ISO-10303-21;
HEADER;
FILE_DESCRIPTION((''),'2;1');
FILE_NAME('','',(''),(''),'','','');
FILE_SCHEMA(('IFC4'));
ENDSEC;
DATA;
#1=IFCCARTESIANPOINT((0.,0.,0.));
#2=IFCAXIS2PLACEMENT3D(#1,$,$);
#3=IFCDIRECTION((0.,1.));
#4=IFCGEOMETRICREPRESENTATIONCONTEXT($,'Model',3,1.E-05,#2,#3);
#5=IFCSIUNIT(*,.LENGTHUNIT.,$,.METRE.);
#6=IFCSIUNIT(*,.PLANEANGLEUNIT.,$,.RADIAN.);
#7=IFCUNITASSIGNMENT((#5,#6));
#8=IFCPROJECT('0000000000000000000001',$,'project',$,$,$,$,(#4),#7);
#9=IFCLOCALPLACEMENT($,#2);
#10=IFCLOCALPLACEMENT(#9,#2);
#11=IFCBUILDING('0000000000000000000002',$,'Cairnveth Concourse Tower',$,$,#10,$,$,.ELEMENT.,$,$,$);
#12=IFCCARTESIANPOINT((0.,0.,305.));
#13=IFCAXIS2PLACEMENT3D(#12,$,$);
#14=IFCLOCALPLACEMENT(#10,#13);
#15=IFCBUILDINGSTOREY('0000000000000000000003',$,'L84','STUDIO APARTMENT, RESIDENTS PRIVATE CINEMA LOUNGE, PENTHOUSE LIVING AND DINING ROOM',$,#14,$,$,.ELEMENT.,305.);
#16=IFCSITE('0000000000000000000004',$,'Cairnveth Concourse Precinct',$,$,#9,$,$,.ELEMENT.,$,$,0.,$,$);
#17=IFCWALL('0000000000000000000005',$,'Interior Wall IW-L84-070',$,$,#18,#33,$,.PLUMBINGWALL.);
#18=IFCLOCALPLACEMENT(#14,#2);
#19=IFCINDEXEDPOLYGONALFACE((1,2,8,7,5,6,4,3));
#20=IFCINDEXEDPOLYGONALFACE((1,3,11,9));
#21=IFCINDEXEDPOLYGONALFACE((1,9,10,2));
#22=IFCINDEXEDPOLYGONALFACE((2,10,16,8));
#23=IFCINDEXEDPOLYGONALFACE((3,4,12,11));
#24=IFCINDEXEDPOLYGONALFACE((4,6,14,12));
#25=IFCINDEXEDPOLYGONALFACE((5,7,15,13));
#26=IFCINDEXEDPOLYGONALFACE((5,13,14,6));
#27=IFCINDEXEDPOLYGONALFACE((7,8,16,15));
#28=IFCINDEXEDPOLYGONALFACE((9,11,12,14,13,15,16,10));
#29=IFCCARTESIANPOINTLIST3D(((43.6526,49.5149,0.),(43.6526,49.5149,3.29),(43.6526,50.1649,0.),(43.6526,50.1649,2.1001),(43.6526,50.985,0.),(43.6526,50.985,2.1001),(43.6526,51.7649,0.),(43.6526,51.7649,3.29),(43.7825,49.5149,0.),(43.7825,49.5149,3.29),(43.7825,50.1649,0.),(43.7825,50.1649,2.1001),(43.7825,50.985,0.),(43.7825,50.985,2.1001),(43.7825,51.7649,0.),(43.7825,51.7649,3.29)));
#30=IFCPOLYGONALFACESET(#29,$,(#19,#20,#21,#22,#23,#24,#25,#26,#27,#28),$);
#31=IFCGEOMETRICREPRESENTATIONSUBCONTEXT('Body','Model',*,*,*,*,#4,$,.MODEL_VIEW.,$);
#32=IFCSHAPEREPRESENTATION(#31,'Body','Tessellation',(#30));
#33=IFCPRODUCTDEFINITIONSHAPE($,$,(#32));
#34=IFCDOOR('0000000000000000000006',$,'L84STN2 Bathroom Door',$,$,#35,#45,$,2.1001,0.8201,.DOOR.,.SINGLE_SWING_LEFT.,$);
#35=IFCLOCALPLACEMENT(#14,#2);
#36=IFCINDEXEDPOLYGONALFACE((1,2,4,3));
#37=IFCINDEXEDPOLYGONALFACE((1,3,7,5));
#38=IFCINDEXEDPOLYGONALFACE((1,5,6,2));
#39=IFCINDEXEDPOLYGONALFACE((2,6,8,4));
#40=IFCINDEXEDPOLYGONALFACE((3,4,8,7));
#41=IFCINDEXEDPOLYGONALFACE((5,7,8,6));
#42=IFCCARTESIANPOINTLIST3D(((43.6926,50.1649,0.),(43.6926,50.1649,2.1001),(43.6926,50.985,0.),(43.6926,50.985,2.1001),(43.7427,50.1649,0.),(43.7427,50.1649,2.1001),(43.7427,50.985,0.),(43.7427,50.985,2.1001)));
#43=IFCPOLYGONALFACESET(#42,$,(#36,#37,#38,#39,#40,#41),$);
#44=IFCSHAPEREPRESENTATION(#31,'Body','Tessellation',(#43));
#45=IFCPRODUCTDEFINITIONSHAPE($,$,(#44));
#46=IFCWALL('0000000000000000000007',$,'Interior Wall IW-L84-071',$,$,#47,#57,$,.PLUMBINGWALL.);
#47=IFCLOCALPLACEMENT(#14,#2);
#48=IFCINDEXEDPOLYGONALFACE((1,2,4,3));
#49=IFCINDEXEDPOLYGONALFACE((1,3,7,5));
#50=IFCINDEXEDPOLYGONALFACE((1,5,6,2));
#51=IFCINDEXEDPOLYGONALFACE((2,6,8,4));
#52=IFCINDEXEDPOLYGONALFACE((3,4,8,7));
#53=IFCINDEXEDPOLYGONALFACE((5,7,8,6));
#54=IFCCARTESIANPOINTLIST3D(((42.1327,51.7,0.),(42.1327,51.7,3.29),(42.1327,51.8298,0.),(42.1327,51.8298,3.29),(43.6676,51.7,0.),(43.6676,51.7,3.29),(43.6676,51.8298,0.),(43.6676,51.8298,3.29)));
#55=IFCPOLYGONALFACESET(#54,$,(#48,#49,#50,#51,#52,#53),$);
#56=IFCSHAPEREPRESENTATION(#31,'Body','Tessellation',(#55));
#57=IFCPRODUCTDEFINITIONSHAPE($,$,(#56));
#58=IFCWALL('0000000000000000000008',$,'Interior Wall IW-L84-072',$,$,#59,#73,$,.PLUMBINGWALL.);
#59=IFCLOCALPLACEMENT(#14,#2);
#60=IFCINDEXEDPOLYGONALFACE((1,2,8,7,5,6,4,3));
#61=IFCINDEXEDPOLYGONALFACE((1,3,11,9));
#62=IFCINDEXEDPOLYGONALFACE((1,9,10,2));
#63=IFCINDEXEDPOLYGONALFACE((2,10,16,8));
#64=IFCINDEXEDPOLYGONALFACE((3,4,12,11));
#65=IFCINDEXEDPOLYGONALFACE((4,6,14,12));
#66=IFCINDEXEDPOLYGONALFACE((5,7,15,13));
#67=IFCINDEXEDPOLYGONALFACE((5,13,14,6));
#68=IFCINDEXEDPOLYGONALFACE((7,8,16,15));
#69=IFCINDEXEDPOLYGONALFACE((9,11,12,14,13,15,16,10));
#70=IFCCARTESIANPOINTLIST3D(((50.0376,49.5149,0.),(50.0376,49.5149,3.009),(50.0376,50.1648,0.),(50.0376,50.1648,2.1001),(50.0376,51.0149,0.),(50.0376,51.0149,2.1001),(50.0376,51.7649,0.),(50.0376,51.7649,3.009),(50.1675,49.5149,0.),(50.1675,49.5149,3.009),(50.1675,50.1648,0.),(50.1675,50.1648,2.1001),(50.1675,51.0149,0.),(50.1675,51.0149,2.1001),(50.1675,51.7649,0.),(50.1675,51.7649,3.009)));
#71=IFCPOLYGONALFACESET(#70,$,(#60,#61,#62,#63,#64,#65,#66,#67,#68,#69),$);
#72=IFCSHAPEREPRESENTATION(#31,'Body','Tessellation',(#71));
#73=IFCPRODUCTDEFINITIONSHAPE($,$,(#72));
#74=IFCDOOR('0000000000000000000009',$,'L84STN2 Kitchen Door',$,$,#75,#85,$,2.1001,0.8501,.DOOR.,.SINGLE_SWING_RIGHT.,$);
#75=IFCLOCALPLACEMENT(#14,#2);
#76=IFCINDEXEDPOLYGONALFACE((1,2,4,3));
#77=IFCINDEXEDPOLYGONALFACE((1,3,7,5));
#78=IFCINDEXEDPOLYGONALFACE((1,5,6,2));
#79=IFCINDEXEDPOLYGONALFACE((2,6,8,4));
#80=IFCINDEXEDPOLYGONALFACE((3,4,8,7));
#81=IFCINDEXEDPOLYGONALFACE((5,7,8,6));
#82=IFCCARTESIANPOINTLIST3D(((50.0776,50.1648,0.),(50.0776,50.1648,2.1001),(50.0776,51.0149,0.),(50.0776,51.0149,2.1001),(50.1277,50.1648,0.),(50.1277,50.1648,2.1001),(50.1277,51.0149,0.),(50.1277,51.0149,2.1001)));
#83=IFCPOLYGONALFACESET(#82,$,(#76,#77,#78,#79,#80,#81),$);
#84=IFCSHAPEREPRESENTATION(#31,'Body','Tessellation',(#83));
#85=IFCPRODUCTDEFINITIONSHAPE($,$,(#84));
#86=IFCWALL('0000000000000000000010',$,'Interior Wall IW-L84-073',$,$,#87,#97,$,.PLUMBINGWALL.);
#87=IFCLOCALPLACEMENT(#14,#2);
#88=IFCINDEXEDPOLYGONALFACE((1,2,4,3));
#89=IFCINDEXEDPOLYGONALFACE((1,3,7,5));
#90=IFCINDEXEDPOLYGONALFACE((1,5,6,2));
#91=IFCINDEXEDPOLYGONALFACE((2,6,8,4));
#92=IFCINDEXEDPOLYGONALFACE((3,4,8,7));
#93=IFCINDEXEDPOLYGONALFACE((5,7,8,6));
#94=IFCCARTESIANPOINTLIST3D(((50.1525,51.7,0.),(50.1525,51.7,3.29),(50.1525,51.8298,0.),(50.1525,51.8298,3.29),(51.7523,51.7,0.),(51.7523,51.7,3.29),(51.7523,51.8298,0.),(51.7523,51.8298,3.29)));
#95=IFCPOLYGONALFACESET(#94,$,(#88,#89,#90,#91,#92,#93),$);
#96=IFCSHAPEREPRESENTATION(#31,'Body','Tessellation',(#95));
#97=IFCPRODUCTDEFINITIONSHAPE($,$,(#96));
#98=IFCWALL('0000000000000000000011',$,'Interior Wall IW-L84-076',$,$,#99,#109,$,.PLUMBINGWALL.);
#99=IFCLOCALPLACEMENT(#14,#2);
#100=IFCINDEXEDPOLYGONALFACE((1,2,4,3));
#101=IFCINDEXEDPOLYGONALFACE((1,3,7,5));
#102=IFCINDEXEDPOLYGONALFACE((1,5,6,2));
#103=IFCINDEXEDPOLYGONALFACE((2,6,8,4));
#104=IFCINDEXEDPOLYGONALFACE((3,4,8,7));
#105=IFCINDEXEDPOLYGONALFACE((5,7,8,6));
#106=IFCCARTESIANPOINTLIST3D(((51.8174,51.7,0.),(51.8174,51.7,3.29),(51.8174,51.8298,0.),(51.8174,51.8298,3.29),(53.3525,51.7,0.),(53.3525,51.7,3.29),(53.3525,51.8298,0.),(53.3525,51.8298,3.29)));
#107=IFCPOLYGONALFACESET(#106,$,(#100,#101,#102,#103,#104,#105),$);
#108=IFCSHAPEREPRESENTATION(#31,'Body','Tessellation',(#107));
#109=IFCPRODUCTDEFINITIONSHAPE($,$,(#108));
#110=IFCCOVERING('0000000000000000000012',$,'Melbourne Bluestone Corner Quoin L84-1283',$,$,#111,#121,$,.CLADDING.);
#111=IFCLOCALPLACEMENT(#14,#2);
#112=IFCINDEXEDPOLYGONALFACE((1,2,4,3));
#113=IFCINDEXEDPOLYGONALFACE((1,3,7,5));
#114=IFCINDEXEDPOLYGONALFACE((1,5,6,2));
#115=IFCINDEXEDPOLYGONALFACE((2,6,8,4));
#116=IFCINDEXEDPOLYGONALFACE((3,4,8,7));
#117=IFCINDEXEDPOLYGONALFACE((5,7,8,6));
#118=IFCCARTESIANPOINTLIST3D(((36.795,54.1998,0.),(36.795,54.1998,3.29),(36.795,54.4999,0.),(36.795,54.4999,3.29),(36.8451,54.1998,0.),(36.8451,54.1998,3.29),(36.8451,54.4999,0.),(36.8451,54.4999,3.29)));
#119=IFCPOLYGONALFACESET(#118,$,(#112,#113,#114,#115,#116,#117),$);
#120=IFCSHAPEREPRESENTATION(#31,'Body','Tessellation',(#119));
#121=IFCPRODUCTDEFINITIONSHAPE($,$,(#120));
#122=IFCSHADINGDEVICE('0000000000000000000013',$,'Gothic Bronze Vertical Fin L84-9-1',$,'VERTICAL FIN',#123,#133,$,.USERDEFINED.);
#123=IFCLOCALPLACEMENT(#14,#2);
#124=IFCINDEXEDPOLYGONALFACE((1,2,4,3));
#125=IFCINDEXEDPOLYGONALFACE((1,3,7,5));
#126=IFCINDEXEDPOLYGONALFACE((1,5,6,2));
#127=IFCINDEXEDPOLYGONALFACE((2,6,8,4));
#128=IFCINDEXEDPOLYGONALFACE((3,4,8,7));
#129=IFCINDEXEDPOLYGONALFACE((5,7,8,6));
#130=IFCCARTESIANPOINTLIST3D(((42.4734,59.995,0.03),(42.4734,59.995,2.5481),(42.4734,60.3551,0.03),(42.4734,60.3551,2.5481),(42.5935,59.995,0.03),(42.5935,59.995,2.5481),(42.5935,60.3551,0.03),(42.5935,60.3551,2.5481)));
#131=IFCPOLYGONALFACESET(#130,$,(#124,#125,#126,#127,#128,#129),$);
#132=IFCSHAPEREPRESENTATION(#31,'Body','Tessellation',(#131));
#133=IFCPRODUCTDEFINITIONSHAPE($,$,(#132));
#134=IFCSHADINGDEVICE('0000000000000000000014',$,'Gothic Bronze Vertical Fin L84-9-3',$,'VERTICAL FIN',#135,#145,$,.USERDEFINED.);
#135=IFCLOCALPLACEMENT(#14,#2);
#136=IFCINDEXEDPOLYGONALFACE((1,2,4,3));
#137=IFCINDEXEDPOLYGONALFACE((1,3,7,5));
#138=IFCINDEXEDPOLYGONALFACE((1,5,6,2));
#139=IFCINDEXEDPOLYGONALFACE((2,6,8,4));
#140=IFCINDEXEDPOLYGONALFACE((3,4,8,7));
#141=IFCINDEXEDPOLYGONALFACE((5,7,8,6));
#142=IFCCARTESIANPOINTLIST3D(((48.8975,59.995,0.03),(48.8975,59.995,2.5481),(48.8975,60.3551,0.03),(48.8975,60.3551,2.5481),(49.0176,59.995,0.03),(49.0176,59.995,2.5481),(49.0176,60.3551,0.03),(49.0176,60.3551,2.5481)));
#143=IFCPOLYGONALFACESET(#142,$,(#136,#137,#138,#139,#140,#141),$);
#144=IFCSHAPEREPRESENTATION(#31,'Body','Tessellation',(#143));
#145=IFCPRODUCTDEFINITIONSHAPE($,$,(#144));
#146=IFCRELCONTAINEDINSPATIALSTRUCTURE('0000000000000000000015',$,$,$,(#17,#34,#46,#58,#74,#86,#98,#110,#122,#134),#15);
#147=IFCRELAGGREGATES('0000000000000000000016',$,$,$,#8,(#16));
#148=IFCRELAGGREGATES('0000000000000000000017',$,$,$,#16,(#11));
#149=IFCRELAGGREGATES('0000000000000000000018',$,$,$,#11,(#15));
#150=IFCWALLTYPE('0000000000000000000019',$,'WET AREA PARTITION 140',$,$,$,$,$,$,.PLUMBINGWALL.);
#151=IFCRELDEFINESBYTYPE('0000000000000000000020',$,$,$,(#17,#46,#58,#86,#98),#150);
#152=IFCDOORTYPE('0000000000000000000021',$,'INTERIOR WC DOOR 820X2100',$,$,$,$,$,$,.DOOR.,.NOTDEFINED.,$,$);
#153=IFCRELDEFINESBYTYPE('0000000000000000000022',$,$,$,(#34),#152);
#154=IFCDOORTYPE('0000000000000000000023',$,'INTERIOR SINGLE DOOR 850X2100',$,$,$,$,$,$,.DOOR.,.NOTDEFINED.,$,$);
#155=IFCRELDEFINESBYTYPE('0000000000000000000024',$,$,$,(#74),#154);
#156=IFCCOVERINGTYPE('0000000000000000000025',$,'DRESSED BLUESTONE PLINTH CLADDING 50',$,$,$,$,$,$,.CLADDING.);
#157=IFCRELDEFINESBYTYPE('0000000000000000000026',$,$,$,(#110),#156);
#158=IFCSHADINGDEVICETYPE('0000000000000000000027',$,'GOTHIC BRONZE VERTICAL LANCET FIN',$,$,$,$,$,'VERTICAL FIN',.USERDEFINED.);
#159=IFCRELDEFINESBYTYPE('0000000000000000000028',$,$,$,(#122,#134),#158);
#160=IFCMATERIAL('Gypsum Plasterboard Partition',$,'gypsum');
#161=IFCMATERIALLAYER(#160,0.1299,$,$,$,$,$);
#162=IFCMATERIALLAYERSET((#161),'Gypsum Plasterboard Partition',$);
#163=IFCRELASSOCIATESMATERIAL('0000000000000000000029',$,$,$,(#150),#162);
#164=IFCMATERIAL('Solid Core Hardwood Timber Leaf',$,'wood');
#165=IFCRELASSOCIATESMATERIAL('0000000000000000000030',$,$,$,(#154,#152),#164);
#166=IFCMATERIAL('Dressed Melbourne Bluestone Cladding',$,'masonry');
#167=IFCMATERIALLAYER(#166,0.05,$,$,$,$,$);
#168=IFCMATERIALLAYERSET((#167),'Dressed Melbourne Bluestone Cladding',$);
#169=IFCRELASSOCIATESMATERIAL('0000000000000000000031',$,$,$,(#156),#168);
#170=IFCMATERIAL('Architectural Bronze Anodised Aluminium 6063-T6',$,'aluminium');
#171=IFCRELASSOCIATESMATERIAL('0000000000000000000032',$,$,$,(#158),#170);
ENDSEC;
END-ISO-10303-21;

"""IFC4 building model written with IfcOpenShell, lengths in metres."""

from ifc_helpers import new_model, si_unit, direction, frame, frame_2d, origin, origin_2d, place, context, subcontext, project, spatial, rectangle, extrude, material, layer, layer_set, type_object, element, fill, save


model = new_model("IFC4")

# Units and contexts
model_context = context("Model", 3, precision=1e-05, world=origin(), true_north=direction((0.0, 1.0)))
body_context = subcontext(model_context, "Body", "Model", "MODEL_VIEW")
ifc_project = project(units=[si_unit("LENGTHUNIT", "METRE"), si_unit("PLANEANGLEUNIT", "RADIAN")], contexts=[model_context])

# Site, building, storey
site_placement = place(None, origin())
site = spatial("IfcSite", under=ifc_project, at=site_placement, Name="Cairnveth Concourse Precinct", CompositionType="ELEMENT", RefElevation=0.0)
building_placement = place(site_placement, origin())
building = spatial("IfcBuilding", under=site, at=building_placement, Name="Cairnveth Concourse Tower", CompositionType="ELEMENT")
storey_placement = place(building_placement, frame((0.0, 0.0, 305.0)))
storey = spatial("IfcBuildingStorey", under=building, at=storey_placement, Name="L84", Description="STUDIO APARTMENT, RESIDENTS PRIVATE CINEMA LOUNGE, PENTHOUSE LIVING AND DINING ROOM", CompositionType="ELEMENT", Elevation=305.0)

# Shared definitions
ifc_material_1 = material(Name="Gypsum Plasterboard Partition", Category="gypsum")

# Shared definitions
ifc_layer_1 = layer(ifc_material_1, 0.1299)
ifc_layer_set_1 = layer_set([ifc_layer_1], Name="Gypsum Plasterboard Partition")
wall_type_1 = type_object("IfcWallType", Name="WET AREA PARTITION 140", PredefinedType="PLUMBINGWALL", material=ifc_layer_set_1)
ifc_material_2 = material(Name="Solid Core Hardwood Timber Leaf", Category="wood")
door_type_1 = type_object("IfcDoorType", Name="INTERIOR SINGLE DOOR 850X2100", OperationType="NOTDEFINED", PredefinedType="DOOR", material=ifc_material_2)

# Wall, opening, door
wall_1_placement = place(storey_placement, frame((43.7175, 49.5149, 0.0), z_axis=(0.0, 0.0, 1.0), x_axis=(0.0, 1.0, 0.0)))
wall_1 = element("IfcWall", 1, at=wall_1_placement, inside=storey, type_object=wall_type_1, Name="Interior Wall IW-L84-070", PredefinedType="PLUMBINGWALL", context=body_context, shape_type="SweptSolid", body=[
    extrude(rectangle(XDim=2.25, YDim=0.1299, at=frame_2d((1.125, 0.0))), origin(), (0.0, 0.0, 1.0), 3.29),
])
opening_1_placement = place(wall_1_placement, frame((0.6499, 0.0, 0.0)))
opening_1 = element("IfcOpeningElement", 2, at=opening_1_placement, cuts=wall_1, PredefinedType="OPENING", context=body_context, shape_type="SweptSolid", body=[
    extrude(rectangle(XDim=0.8201, YDim=2.1001, at=frame_2d((0.4102, 1.05))), frame((0.0, 0.075, 0.0), z_axis=(0.0, -1.0, 0.0), x_axis=(1.0, 0.0, 0.0)), (0.0, 0.0, 1.0), 0.1499),
])
door_type_2 = type_object("IfcDoorType", Name="INTERIOR WC DOOR 820X2100", OperationType="NOTDEFINED", PredefinedType="DOOR", material=ifc_material_2)
door_1_placement = place(opening_1_placement, origin())
door_1 = element("IfcDoor", 3, at=door_1_placement, inside=storey, type_object=door_type_2, Name="L84STN2 Bathroom Door", OperationType="SINGLE_SWING_LEFT", OverallHeight=2.1001, OverallWidth=0.8201, PredefinedType="DOOR", context=body_context, shape_type="SweptSolid", body=[
    extrude(rectangle(XDim=0.8201, YDim=2.1001, at=frame_2d((0.4102, 1.05))), frame((0.0, 0.0249, 0.0), z_axis=(0.0, -1.0, 0.0), x_axis=(1.0, 0.0, 0.0)), (0.0, 0.0, 1.0), 0.05),
])
fill(opening_1, door_1)

# Wall
wall_2_placement = place(storey_placement, frame((42.1326, 51.7649, 0.0), z_axis=(0.0, 0.0, 1.0), x_axis=(1.0, 0.0, 0.0)))
element("IfcWall", 4, at=wall_2_placement, inside=storey, type_object=wall_type_1, Name="Interior Wall IW-L84-071", PredefinedType="PLUMBINGWALL", context=body_context, shape_type="SweptSolid", body=[
    extrude(rectangle(XDim=1.5349, YDim=0.1299, at=frame_2d((0.7676, 0.0))), origin(), (0.0, 0.0, 1.0), 3.29),
])

# Wall, opening, door
wall_3_placement = place(storey_placement, frame((50.1025, 49.5149, 0.0), z_axis=(0.0, 0.0, 1.0), x_axis=(0.0, 1.0, 0.0)))
wall_3 = element("IfcWall", 5, at=wall_3_placement, inside=storey, type_object=wall_type_1, Name="Interior Wall IW-L84-072", PredefinedType="PLUMBINGWALL", context=body_context, shape_type="SweptSolid", body=[
    extrude(rectangle(XDim=2.25, YDim=0.1299, at=frame_2d((1.125, 0.0))), origin(), (0.0, 0.0, 1.0), 3.009),
])
opening_2_placement = place(wall_3_placement, frame((0.6499, 0.0, 0.0)))
opening_2 = element("IfcOpeningElement", 6, at=opening_2_placement, cuts=wall_3, PredefinedType="OPENING", context=body_context, shape_type="SweptSolid", body=[
    extrude(rectangle(XDim=0.8501, YDim=2.1001, at=frame_2d((0.425, 1.05))), frame((0.0, 0.075, 0.0), z_axis=(0.0, -1.0, 0.0), x_axis=(1.0, 0.0, 0.0)), (0.0, 0.0, 1.0), 0.1499),
])
door_2_placement = place(opening_2_placement, origin())
door_2 = element("IfcDoor", 7, at=door_2_placement, inside=storey, type_object=door_type_1, Name="L84STN2 Kitchen Door", OperationType="SINGLE_SWING_RIGHT", OverallHeight=2.1001, OverallWidth=0.8501, PredefinedType="DOOR", context=body_context, shape_type="SweptSolid", body=[
    extrude(rectangle(XDim=0.8501, YDim=2.1001, at=frame_2d((0.425, 1.05))), frame((0.0, 0.0249, 0.0), z_axis=(0.0, -1.0, 0.0), x_axis=(1.0, 0.0, 0.0)), (0.0, 0.0, 1.0), 0.05),
])
fill(opening_2, door_2)

# Walls
wall_4_placement = place(storey_placement, frame((50.1526, 51.7649, 0.0), z_axis=(0.0, 0.0, 1.0), x_axis=(1.0, 0.0, 0.0)))
element("IfcWall", 8, at=wall_4_placement, inside=storey, type_object=wall_type_1, Name="Interior Wall IW-L84-073", PredefinedType="PLUMBINGWALL", context=body_context, shape_type="SweptSolid", body=[
    extrude(rectangle(XDim=1.5999, YDim=0.1299, at=frame_2d((0.7998, 0.0))), origin(), (0.0, 0.0, 1.0), 3.29),
])
wall_5_placement = place(storey_placement, frame((51.8174, 51.7649, 0.0), z_axis=(0.0, 0.0, 1.0), x_axis=(1.0, 0.0, 0.0)))
element("IfcWall", 9, at=wall_5_placement, inside=storey, type_object=wall_type_1, Name="Interior Wall IW-L84-076", PredefinedType="PLUMBINGWALL", context=body_context, shape_type="SweptSolid", body=[
    extrude(rectangle(XDim=1.5352, YDim=0.1299, at=frame_2d((0.7676, 0.0))), origin(), (0.0, 0.0, 1.0), 3.29),
])

# Covering
ifc_material_3 = material(Name="Dressed Melbourne Bluestone Cladding", Category="masonry")
ifc_layer_2 = layer(ifc_material_3, 0.05)
ifc_layer_set_2 = layer_set([ifc_layer_2], Name="Dressed Melbourne Bluestone Cladding")
covering_type = type_object("IfcCoveringType", Name="DRESSED BLUESTONE PLINTH CLADDING 50", PredefinedType="CLADDING", material=ifc_layer_set_2)
covering_placement = place(storey_placement, frame((36.8201, 54.2, 0.0), z_axis=(0.0, 0.0, 1.0), x_axis=(0.0, 1.0, 0.0)))
element("IfcCovering", 10, at=covering_placement, inside=storey, type_object=covering_type, Name="Melbourne Bluestone Corner Quoin L84-1283", PredefinedType="CLADDING", context=body_context, shape_type="SweptSolid", body=[
    extrude(rectangle(XDim=0.3, YDim=0.05, at=frame_2d((0.1499, 0.0))), origin(), (0.0, 0.0, 1.0), 3.29),
])

# Shading devices
ifc_material_4 = material(Name="Architectural Bronze Anodised Aluminium 6063-T6", Category="aluminium")
shading_device_type = type_object("IfcShadingDeviceType", Name="GOTHIC BRONZE VERTICAL LANCET FIN", ElementType="VERTICAL FIN", PredefinedType="USERDEFINED", material=ifc_material_4)
for number, where, z_axis, x_axis, name in (
    (11, (42.5334, 60.175, 0.03), (0.0, 0.0, 1.0), (1.0, 0.0, 0.0), "Gothic Bronze Vertical Fin L84-9-1"),
    (12, (48.9575, 60.175, 0.03), (0.0, 0.0, 1.0), (1.0, 0.0, 0.0), "Gothic Bronze Vertical Fin L84-9-3"),
):
    element("IfcShadingDevice", number, at=place(storey_placement, frame(where, z_axis=z_axis, x_axis=x_axis)), inside=storey, type_object=shading_device_type, Name=name, ObjectType="VERTICAL FIN", PredefinedType="USERDEFINED", context=body_context, shape_type="SweptSolid", body=[
        extrude(rectangle(XDim=0.1201, YDim=0.3601, at=origin_2d()), origin(), (0.0, 0.0, 1.0), 2.5181),
    ])

save(model, "model.ifc")
